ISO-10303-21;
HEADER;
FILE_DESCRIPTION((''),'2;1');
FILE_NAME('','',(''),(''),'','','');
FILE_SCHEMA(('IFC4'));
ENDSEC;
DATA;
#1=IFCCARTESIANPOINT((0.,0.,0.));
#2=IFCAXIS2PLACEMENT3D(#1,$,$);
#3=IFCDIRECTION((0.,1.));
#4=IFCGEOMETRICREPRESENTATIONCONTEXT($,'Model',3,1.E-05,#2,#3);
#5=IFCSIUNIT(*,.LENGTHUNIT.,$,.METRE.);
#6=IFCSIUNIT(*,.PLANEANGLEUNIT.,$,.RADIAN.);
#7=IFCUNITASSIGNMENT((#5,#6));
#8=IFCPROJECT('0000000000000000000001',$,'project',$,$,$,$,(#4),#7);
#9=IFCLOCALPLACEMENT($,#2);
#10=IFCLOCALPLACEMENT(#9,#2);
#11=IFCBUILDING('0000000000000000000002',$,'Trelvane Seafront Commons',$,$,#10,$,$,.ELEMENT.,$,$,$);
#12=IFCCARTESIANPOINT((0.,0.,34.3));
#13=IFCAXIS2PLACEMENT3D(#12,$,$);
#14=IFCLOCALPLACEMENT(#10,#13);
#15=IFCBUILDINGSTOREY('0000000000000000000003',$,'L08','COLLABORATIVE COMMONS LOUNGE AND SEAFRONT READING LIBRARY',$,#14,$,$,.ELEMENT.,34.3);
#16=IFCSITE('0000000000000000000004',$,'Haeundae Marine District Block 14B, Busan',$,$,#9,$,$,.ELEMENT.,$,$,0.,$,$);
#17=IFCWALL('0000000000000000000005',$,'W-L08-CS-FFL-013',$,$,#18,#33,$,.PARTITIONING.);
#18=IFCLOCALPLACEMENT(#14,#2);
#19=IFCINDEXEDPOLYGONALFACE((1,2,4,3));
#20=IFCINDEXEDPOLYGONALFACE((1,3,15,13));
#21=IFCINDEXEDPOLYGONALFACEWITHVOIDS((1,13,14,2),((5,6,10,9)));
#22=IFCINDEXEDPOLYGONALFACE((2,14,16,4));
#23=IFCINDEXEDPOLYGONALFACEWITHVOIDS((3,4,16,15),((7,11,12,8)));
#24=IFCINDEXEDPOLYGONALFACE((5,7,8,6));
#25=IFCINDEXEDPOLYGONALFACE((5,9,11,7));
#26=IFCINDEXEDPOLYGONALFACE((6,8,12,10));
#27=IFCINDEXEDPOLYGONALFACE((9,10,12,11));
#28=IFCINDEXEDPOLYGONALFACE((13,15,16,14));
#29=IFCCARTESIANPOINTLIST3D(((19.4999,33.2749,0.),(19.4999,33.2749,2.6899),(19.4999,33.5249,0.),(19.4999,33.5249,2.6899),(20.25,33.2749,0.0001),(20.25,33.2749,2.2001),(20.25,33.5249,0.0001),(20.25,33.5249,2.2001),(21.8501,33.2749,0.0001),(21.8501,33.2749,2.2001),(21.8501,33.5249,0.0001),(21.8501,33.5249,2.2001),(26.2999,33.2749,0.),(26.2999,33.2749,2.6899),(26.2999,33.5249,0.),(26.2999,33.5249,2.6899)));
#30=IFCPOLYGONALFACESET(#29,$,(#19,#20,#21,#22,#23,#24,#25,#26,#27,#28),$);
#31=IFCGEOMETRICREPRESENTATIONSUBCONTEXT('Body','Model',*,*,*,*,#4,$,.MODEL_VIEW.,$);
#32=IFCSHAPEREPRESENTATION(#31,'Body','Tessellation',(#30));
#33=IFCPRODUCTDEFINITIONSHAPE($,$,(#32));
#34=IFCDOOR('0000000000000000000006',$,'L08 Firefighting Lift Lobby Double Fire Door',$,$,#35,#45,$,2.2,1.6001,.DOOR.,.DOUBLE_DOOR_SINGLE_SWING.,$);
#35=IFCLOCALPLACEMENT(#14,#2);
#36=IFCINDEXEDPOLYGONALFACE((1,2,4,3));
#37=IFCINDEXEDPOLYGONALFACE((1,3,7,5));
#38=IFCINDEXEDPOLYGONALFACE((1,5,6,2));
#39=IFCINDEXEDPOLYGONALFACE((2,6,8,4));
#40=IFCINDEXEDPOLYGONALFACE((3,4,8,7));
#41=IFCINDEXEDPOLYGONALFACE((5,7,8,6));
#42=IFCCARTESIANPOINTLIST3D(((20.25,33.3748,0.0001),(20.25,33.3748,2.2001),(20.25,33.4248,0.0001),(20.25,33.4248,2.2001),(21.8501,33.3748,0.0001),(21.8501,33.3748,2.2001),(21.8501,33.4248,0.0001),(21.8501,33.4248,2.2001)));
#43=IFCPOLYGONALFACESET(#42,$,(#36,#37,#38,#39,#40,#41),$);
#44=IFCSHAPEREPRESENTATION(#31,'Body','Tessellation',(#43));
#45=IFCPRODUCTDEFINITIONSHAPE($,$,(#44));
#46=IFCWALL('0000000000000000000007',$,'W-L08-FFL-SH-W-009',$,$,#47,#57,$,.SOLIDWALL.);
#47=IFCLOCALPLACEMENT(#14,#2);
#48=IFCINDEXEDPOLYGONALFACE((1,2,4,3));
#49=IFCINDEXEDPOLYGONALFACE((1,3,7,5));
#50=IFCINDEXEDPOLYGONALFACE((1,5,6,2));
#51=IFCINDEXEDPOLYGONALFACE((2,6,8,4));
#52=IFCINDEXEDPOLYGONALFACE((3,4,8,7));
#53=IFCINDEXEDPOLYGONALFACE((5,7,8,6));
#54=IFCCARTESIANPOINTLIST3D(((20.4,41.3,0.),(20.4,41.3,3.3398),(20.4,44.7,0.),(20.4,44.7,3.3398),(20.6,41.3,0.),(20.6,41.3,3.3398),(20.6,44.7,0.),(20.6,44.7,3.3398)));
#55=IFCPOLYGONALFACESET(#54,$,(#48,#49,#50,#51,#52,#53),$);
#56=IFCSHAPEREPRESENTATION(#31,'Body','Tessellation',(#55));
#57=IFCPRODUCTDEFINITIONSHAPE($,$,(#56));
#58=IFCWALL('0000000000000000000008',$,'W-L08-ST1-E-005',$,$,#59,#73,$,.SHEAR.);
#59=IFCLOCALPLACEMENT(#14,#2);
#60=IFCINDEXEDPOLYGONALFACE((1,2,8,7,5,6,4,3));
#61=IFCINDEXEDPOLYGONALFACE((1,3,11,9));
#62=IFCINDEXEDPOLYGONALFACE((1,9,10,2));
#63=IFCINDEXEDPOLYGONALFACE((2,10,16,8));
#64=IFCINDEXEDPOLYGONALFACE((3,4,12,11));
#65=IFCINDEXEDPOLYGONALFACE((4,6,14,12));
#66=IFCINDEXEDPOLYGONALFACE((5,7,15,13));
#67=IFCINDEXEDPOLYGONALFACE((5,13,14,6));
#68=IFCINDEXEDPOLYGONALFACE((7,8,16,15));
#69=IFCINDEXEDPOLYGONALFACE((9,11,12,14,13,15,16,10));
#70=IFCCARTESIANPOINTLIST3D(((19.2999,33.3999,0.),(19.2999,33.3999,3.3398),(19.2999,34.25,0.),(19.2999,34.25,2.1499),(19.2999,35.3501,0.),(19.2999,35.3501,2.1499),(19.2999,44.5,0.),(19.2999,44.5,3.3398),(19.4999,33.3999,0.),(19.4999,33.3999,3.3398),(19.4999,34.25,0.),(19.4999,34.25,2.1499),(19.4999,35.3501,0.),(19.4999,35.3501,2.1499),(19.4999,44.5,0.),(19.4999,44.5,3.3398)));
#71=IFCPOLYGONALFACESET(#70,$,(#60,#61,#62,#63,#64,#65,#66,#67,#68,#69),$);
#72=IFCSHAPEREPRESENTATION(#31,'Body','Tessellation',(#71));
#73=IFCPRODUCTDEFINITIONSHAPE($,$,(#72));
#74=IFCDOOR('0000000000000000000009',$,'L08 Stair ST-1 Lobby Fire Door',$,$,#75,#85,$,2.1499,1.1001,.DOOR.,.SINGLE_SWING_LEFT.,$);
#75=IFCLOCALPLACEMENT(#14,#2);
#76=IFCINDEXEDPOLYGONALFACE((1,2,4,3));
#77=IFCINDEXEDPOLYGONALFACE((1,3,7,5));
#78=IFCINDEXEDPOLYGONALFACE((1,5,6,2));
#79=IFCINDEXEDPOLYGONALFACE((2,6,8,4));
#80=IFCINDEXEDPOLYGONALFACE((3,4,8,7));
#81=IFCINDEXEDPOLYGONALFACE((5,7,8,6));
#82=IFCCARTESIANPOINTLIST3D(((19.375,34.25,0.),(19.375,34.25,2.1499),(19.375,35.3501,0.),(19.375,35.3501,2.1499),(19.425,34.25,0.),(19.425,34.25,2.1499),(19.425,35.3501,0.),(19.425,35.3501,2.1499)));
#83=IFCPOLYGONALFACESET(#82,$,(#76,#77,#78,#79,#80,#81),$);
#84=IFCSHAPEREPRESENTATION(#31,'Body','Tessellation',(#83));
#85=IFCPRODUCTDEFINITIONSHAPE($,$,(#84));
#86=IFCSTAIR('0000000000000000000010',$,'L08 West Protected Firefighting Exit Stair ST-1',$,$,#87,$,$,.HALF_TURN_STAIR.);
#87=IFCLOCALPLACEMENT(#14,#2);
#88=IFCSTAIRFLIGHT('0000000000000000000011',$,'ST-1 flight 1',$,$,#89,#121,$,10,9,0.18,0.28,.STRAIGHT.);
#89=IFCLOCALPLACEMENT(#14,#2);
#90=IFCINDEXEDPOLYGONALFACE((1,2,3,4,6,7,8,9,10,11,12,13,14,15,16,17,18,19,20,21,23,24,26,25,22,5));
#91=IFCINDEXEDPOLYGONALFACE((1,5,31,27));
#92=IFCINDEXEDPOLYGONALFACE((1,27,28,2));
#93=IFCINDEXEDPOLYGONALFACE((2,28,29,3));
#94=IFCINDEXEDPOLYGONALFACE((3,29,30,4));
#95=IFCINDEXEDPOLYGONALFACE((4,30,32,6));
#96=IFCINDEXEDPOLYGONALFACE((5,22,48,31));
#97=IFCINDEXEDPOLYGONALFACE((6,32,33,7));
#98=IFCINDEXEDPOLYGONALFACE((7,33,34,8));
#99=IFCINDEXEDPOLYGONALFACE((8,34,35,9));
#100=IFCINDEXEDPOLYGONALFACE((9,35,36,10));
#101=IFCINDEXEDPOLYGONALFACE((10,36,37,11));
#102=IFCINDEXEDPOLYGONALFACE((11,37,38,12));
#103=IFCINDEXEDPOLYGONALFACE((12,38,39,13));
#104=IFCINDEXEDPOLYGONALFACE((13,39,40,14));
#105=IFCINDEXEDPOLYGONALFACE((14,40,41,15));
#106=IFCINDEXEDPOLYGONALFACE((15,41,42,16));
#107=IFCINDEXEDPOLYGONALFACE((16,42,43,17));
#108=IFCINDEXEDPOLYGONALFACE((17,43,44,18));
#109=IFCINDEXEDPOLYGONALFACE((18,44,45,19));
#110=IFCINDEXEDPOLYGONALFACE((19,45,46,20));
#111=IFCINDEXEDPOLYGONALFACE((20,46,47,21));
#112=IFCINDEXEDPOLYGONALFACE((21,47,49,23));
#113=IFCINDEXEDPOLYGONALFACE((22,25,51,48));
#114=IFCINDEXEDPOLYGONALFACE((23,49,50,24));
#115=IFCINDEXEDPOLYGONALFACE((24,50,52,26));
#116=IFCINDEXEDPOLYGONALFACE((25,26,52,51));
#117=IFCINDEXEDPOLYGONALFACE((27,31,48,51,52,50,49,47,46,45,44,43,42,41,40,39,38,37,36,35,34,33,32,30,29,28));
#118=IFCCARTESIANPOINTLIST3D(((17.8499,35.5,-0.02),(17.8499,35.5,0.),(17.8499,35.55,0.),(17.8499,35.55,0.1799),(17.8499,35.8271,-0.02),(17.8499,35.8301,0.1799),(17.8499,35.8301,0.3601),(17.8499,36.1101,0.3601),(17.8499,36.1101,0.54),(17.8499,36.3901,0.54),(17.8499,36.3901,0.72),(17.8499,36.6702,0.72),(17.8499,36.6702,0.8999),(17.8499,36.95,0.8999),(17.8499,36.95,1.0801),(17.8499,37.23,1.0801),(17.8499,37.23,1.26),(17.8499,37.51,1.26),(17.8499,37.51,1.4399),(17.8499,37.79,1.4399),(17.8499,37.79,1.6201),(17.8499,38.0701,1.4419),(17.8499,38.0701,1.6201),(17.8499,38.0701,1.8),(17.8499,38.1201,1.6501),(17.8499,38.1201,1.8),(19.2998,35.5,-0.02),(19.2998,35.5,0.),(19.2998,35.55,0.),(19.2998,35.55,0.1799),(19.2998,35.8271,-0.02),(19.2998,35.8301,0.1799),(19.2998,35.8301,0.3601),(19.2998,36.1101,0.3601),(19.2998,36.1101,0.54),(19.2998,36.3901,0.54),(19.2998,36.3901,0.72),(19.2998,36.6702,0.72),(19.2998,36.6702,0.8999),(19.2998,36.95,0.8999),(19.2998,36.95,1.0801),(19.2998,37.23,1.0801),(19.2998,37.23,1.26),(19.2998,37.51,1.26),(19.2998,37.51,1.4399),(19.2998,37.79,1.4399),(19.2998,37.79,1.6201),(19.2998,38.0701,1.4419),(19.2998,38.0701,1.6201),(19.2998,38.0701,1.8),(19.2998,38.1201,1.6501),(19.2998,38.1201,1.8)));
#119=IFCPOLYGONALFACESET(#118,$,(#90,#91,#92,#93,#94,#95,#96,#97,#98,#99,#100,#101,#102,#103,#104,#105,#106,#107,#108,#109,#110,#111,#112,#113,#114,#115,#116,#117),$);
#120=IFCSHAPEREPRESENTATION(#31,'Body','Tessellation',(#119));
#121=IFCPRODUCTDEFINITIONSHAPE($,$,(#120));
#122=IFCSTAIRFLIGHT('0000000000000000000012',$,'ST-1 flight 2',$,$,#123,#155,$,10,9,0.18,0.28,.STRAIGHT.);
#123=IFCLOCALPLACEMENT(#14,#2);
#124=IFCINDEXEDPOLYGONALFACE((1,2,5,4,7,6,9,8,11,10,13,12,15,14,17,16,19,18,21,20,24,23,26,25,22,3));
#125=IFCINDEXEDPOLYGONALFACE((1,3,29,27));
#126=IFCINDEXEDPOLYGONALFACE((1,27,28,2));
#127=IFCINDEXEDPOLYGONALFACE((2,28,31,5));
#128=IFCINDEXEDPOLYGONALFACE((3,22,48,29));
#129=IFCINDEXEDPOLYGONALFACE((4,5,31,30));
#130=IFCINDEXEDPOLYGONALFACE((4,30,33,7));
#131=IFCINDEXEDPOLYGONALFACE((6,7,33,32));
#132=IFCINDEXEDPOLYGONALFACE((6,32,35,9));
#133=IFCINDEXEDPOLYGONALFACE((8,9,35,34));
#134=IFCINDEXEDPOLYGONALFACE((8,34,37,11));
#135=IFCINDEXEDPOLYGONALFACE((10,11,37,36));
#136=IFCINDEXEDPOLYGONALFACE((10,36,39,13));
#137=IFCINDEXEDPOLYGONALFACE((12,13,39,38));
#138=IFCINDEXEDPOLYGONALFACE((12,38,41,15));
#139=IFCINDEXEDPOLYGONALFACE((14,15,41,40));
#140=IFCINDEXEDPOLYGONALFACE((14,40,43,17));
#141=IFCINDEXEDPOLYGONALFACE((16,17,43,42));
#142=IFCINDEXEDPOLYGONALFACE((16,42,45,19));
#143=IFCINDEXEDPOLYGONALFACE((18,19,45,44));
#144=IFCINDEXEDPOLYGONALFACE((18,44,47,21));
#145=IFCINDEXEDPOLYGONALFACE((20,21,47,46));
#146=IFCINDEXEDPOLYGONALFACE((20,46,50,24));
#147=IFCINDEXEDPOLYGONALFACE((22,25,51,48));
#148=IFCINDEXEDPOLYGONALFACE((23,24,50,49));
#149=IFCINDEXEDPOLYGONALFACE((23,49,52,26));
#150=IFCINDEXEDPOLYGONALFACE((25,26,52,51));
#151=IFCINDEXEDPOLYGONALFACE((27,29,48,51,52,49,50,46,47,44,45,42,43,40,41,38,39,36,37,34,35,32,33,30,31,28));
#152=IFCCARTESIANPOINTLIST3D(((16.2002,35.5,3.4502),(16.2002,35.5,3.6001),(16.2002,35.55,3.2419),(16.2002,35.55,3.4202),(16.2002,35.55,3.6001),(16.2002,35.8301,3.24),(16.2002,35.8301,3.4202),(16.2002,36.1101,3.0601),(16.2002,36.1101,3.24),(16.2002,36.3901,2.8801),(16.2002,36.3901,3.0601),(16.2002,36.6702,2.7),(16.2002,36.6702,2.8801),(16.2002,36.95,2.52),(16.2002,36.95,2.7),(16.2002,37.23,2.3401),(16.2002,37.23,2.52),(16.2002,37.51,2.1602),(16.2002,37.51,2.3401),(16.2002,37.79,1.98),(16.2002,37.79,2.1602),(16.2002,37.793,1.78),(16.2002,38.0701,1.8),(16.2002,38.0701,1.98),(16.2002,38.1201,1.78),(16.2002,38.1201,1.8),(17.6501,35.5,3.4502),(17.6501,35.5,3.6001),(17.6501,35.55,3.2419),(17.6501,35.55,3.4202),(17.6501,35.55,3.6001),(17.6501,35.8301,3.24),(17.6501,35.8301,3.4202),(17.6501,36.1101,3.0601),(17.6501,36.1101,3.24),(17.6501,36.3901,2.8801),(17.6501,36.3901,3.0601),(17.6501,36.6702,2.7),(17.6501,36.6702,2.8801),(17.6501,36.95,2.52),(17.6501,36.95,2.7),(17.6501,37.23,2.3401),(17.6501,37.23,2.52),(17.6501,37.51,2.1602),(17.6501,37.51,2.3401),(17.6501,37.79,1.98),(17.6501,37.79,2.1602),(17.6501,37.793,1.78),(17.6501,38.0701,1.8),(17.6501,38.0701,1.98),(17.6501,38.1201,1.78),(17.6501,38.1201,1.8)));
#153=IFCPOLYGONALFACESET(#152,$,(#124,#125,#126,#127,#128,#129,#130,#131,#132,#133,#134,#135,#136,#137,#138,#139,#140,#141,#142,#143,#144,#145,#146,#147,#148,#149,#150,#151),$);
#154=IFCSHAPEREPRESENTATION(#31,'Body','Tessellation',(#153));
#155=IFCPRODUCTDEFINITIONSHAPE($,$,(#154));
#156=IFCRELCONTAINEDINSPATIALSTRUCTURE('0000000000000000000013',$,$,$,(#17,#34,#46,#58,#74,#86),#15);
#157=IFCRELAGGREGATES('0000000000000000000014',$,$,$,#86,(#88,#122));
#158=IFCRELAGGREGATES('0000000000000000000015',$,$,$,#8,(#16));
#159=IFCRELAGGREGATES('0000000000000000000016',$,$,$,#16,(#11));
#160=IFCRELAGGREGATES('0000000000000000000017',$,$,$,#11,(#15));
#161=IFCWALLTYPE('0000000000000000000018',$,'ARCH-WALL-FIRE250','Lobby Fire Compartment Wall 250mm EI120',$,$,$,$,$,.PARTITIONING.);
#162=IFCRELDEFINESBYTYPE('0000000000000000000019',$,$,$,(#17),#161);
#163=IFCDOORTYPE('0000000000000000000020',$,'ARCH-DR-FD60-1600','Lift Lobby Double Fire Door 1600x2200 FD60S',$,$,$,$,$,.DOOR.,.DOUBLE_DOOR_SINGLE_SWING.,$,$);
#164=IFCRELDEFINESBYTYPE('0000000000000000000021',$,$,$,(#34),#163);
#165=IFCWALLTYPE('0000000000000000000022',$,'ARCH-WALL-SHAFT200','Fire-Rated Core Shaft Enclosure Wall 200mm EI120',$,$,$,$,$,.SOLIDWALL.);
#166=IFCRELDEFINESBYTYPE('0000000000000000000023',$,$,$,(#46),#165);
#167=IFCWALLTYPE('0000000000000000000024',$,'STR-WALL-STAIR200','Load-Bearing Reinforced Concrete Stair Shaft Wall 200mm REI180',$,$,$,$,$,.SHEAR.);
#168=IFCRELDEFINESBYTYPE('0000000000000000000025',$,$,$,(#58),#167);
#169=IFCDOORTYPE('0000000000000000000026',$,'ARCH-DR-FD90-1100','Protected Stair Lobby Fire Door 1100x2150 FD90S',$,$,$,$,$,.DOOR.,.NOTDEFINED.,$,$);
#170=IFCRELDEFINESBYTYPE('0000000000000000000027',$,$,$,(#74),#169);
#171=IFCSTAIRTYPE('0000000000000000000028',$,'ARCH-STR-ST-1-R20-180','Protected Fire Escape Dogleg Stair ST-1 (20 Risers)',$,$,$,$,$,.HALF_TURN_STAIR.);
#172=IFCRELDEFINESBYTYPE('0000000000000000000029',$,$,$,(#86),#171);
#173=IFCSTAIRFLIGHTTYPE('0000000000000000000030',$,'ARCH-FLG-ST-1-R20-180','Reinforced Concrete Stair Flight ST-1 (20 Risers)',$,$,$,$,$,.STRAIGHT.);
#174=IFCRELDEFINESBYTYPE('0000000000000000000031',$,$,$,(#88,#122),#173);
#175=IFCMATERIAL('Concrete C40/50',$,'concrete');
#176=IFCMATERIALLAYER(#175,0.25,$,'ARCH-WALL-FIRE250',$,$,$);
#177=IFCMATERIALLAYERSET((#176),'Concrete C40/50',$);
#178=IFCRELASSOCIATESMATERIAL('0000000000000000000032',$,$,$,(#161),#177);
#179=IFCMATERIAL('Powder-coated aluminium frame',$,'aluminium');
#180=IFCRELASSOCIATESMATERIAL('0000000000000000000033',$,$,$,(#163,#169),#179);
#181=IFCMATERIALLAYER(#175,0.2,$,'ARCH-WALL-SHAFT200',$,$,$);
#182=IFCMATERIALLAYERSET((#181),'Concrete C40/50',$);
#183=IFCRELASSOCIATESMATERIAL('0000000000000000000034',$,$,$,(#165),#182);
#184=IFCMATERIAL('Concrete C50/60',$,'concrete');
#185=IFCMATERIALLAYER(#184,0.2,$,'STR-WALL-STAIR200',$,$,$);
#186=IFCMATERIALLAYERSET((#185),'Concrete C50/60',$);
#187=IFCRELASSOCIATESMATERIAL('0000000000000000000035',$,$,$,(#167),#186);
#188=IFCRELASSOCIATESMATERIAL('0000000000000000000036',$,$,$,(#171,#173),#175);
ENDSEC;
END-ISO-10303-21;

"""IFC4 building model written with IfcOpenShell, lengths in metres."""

from ifc_helpers import new_model, si_unit, direction, frame, frame_2d, origin, place, context, subcontext, project, spatial, polyline, rectangle, outline, extrude, source, transform, mapped, material, layer, layer_set, type_object, element, fill, aggregate, save


model = new_model("IFC4")

# Units and contexts
model_context = context("Model", 3, precision=1e-05, world=origin(), true_north=direction((0.0, 1.0)))
body_context = subcontext(model_context, "Body", "Model", "MODEL_VIEW")
ifc_project = project(units=[si_unit("LENGTHUNIT", "METRE"), si_unit("PLANEANGLEUNIT", "RADIAN")], contexts=[model_context])

# Site, building, storey
site_placement = place(None, origin())
site = spatial("IfcSite", under=ifc_project, at=site_placement, Name="Haeundae Marine District Block 14B, Busan", CompositionType="ELEMENT", RefElevation=0.0)
building_placement = place(site_placement, origin())
building = spatial("IfcBuilding", under=site, at=building_placement, Name="Trelvane Seafront Commons", CompositionType="ELEMENT")
storey_placement = place(building_placement, frame((0.0, 0.0, 34.3)))
storey = spatial("IfcBuildingStorey", under=building, at=storey_placement, Name="L08", Description="COLLABORATIVE COMMONS LOUNGE AND SEAFRONT READING LIBRARY", CompositionType="ELEMENT", Elevation=34.3)

# Wall, opening, door
ifc_material_1 = material(Name="Concrete C40/50", Category="concrete")
ifc_layer_1 = layer(ifc_material_1, 0.25, Name="ARCH-WALL-FIRE250")
ifc_layer_set_1 = layer_set([ifc_layer_1], Name="Concrete C40/50")
wall_type_1 = type_object("IfcWallType", Name="ARCH-WALL-FIRE250", Description="Lobby Fire Compartment Wall 250mm EI120", PredefinedType="PARTITIONING", material=ifc_layer_set_1)
wall_1_placement = place(storey_placement, frame((19.5, 33.3999, 0.0), z_axis=(0.0, 0.0, 1.0), x_axis=(1.0, 0.0, 0.0)))
wall_1 = element("IfcWall", 1, at=wall_1_placement, inside=storey, type_object=wall_type_1, Name="W-L08-CS-FFL-013", PredefinedType="PARTITIONING", context=body_context, shape_type="SweptSolid", body=[
    extrude(rectangle(XDim=6.8, YDim=0.25, at=frame_2d((3.3999, 0.0))), origin(), (0.0, 0.0, 1.0), 2.6899),
])
opening_1_placement = place(wall_1_placement, frame((0.75, 0.0, 0.0)))
opening_1 = element("IfcOpeningElement", 2, at=opening_1_placement, cuts=wall_1, PredefinedType="OPENING", context=body_context, shape_type="SweptSolid", body=[
    extrude(rectangle(XDim=1.6001, YDim=2.2, at=frame_2d((0.8, 1.1001))), frame((0.0, 0.135, 0.0), z_axis=(0.0, -1.0, 0.0), x_axis=(1.0, 0.0, 0.0)), (0.0, 0.0, 1.0), 0.27),
])
ifc_material_2 = material(Name="Powder-coated aluminium frame", Category="aluminium")
door_type_1 = type_object("IfcDoorType", Name="ARCH-DR-FD60-1600", Description="Lift Lobby Double Fire Door 1600x2200 FD60S", OperationType="DOUBLE_DOOR_SINGLE_SWING", PredefinedType="DOOR", material=ifc_material_2)
shared_shape_1 = source(origin(), body_context, "Body", "SweptSolid", [
    extrude(rectangle(XDim=1.6001, YDim=2.2, at=frame_2d((0.8, 1.1001))), frame((0.0, 0.0249, 0.0), z_axis=(0.0, -1.0, 0.0), x_axis=(1.0, 0.0, 0.0)), (0.0, 0.0, 1.0), 0.05),
])
door_1_placement = place(opening_1_placement, origin())
door_1 = element("IfcDoor", 3, at=door_1_placement, inside=storey, type_object=door_type_1, Name="L08 Firefighting Lift Lobby Double Fire Door", OperationType="DOUBLE_DOOR_SINGLE_SWING", OverallHeight=2.2, OverallWidth=1.6001, PredefinedType="DOOR", context=body_context, shape_type="MappedRepresentation", body=[
    mapped(shared_shape_1, transform((0.0, 0.0, 0.0), x_axis=(1.0, 0.0, 0.0), y_axis=(0.0, 1.0, 0.0), z_axis=(0.0, 0.0, 1.0), scale=1.0)),
])
fill(opening_1, door_1)

# Shared definitions
ifc_layer_2 = layer(ifc_material_1, 0.2, Name="ARCH-WALL-SHAFT200")
ifc_layer_set_2 = layer_set([ifc_layer_2], Name="Concrete C40/50")
wall_type_2 = type_object("IfcWallType", Name="ARCH-WALL-SHAFT200", Description="Fire-Rated Core Shaft Enclosure Wall 200mm EI120", PredefinedType="SOLIDWALL", material=ifc_layer_set_2)
shared_shape_2 = source(origin(), body_context, "Body", "SweptSolid", [
    extrude(rectangle(XDim=1.1001, YDim=2.1499, at=frame_2d((0.55, 1.075))), frame((0.0, 0.0249, 0.0), z_axis=(0.0, -1.0, 0.0), x_axis=(1.0, 0.0, 0.0)), (0.0, 0.0, 1.0), 0.05),
])

# Wall
wall_2_placement = place(storey_placement, frame((20.5, 41.3, 0.0), z_axis=(0.0, 0.0, 1.0), x_axis=(0.0, 1.0, 0.0)))
element("IfcWall", 4, at=wall_2_placement, inside=storey, type_object=wall_type_2, Name="W-L08-FFL-SH-W-009", PredefinedType="SOLIDWALL", context=body_context, shape_type="SweptSolid", body=[
    extrude(rectangle(XDim=3.3999, YDim=0.2, at=frame_2d((1.7, 0.0))), origin(), (0.0, 0.0, 1.0), 3.3398),
])

# Wall, opening, door
ifc_material_3 = material(Name="Concrete C50/60", Category="concrete")
ifc_layer_3 = layer(ifc_material_3, 0.2, Name="STR-WALL-STAIR200")
ifc_layer_set_3 = layer_set([ifc_layer_3], Name="Concrete C50/60")
wall_type_3 = type_object("IfcWallType", Name="STR-WALL-STAIR200", Description="Load-Bearing Reinforced Concrete Stair Shaft Wall 200mm REI180", PredefinedType="SHEAR", material=ifc_layer_set_3)
wall_3_placement = place(storey_placement, frame((19.3999, 33.3999, 0.0), z_axis=(0.0, 0.0, 1.0), x_axis=(0.0, 1.0, 0.0)))
wall_3 = element("IfcWall", 5, at=wall_3_placement, inside=storey, type_object=wall_type_3, Name="W-L08-ST1-E-005", PredefinedType="SHEAR", context=body_context, shape_type="SweptSolid", body=[
    extrude(rectangle(XDim=11.1001, YDim=0.2, at=frame_2d((5.55, 0.0))), origin(), (0.0, 0.0, 1.0), 3.3398),
])
opening_2_placement = place(wall_3_placement, frame((0.8501, 0.0, 0.0)))
opening_2 = element("IfcOpeningElement", 6, at=opening_2_placement, cuts=wall_3, PredefinedType="OPENING", context=body_context, shape_type="SweptSolid", body=[
    extrude(rectangle(XDim=1.1001, YDim=2.1499, at=frame_2d((0.55, 1.075))), frame((0.0, 0.1099, 0.0), z_axis=(0.0, -1.0, 0.0), x_axis=(1.0, 0.0, 0.0)), (0.0, 0.0, 1.0), 0.22),
])
door_type_2 = type_object("IfcDoorType", Name="ARCH-DR-FD90-1100", Description="Protected Stair Lobby Fire Door 1100x2150 FD90S", OperationType="NOTDEFINED", PredefinedType="DOOR", material=ifc_material_2)
door_2_placement = place(opening_2_placement, origin())
door_2 = element("IfcDoor", 7, at=door_2_placement, inside=storey, type_object=door_type_2, Name="L08 Stair ST-1 Lobby Fire Door", OperationType="SINGLE_SWING_LEFT", OverallHeight=2.1499, OverallWidth=1.1001, PredefinedType="DOOR", context=body_context, shape_type="MappedRepresentation", body=[
    mapped(shared_shape_2, transform((0.0, 0.0, 0.0), x_axis=(1.0, 0.0, 0.0), y_axis=(0.0, 1.0, 0.0), z_axis=(0.0, 0.0, 1.0), scale=1.0)),
])
fill(opening_2, door_2)

# Stair, stair flights
stair_type = type_object("IfcStairType", Name="ARCH-STR-ST-1-R20-180", Description="Protected Fire Escape Dogleg Stair ST-1 (20 Risers)", PredefinedType="HALF_TURN_STAIR", material=ifc_material_1)
stair_placement = place(storey_placement, origin())
stair = element("IfcStair", 8, at=stair_placement, inside=storey, type_object=stair_type, Name="L08 West Protected Firefighting Exit Stair ST-1", PredefinedType="HALF_TURN_STAIR")
stair_flight_type = type_object("IfcStairFlightType", Name="ARCH-FLG-ST-1-R20-180", Description="Reinforced Concrete Stair Flight ST-1 (20 Risers)", PredefinedType="STRAIGHT", material=ifc_material_1)
shared_shape_3 = source(origin(), body_context, "Body", "SweptSolid", [
    extrude(outline(polyline([(-0.05, -0.02), (-0.05, 0.0), (0.0, 0.0), (0.0, 0.1799), (0.28, 0.1799), (0.28, 0.3601), (0.5601, 0.3601), (0.5601, 0.54), (0.8401, 0.54), (0.8401, 0.72), (1.1201, 0.72), (1.1201, 0.8999), (1.3999, 0.8999), (1.3999, 1.0801), (1.6799, 1.0801), (1.6799, 1.26), (1.96, 1.26), (1.96, 1.4399), (2.24, 1.4399), (2.24, 1.6201), (2.52, 1.6201), (2.52, 1.8), (2.5701, 1.8), (2.5701, 1.6501), (2.52, 1.4419), (0.2771, -0.02), (-0.05, -0.02)])), frame((0.0, 0.7251, 0.0), z_axis=(0.0, -1.0, 0.0), x_axis=(1.0, 0.0, 0.0)), (0.0, 0.0, 1.0), 1.45),
])
stair_flight_1_placement = place(storey_placement, frame((18.575, 35.55, 0.0), z_axis=(0.0, 0.0, 1.0), x_axis=(0.0, 1.0, 0.0)))
stair_flight_1 = element("IfcStairFlight", 9, at=stair_flight_1_placement, type_object=stair_flight_type, Name="ST-1 flight 1", NumberOfRisers=10, NumberOfTreads=9, PredefinedType="STRAIGHT", RiserHeight=0.18, TreadLength=0.28, context=body_context, shape_type="MappedRepresentation", body=[
    mapped(shared_shape_3, transform((0.0, 0.0, 0.0), x_axis=(1.0, 0.0, 0.0), y_axis=(0.0, 1.0, 0.0), z_axis=(0.0, 0.0, 1.0), scale=1.0)),
])
stair_flight_2_placement = place(storey_placement, frame((16.925, 38.0701, 1.8), z_axis=(0.0, 0.0, 1.0), x_axis=(0.0, -1.0, 0.0)))
stair_flight_2 = element("IfcStairFlight", 10, at=stair_flight_2_placement, type_object=stair_flight_type, Name="ST-1 flight 2", NumberOfRisers=10, NumberOfTreads=9, PredefinedType="STRAIGHT", RiserHeight=0.18, TreadLength=0.28, context=body_context, shape_type="MappedRepresentation", body=[
    mapped(shared_shape_3, transform((0.0, 0.0, 0.0), x_axis=(1.0, 0.0, 0.0), y_axis=(0.0, 1.0, 0.0), z_axis=(0.0, 0.0, 1.0), scale=1.0)),
])
aggregate(stair, [stair_flight_1, stair_flight_2])

save(model, "model.ifc")
